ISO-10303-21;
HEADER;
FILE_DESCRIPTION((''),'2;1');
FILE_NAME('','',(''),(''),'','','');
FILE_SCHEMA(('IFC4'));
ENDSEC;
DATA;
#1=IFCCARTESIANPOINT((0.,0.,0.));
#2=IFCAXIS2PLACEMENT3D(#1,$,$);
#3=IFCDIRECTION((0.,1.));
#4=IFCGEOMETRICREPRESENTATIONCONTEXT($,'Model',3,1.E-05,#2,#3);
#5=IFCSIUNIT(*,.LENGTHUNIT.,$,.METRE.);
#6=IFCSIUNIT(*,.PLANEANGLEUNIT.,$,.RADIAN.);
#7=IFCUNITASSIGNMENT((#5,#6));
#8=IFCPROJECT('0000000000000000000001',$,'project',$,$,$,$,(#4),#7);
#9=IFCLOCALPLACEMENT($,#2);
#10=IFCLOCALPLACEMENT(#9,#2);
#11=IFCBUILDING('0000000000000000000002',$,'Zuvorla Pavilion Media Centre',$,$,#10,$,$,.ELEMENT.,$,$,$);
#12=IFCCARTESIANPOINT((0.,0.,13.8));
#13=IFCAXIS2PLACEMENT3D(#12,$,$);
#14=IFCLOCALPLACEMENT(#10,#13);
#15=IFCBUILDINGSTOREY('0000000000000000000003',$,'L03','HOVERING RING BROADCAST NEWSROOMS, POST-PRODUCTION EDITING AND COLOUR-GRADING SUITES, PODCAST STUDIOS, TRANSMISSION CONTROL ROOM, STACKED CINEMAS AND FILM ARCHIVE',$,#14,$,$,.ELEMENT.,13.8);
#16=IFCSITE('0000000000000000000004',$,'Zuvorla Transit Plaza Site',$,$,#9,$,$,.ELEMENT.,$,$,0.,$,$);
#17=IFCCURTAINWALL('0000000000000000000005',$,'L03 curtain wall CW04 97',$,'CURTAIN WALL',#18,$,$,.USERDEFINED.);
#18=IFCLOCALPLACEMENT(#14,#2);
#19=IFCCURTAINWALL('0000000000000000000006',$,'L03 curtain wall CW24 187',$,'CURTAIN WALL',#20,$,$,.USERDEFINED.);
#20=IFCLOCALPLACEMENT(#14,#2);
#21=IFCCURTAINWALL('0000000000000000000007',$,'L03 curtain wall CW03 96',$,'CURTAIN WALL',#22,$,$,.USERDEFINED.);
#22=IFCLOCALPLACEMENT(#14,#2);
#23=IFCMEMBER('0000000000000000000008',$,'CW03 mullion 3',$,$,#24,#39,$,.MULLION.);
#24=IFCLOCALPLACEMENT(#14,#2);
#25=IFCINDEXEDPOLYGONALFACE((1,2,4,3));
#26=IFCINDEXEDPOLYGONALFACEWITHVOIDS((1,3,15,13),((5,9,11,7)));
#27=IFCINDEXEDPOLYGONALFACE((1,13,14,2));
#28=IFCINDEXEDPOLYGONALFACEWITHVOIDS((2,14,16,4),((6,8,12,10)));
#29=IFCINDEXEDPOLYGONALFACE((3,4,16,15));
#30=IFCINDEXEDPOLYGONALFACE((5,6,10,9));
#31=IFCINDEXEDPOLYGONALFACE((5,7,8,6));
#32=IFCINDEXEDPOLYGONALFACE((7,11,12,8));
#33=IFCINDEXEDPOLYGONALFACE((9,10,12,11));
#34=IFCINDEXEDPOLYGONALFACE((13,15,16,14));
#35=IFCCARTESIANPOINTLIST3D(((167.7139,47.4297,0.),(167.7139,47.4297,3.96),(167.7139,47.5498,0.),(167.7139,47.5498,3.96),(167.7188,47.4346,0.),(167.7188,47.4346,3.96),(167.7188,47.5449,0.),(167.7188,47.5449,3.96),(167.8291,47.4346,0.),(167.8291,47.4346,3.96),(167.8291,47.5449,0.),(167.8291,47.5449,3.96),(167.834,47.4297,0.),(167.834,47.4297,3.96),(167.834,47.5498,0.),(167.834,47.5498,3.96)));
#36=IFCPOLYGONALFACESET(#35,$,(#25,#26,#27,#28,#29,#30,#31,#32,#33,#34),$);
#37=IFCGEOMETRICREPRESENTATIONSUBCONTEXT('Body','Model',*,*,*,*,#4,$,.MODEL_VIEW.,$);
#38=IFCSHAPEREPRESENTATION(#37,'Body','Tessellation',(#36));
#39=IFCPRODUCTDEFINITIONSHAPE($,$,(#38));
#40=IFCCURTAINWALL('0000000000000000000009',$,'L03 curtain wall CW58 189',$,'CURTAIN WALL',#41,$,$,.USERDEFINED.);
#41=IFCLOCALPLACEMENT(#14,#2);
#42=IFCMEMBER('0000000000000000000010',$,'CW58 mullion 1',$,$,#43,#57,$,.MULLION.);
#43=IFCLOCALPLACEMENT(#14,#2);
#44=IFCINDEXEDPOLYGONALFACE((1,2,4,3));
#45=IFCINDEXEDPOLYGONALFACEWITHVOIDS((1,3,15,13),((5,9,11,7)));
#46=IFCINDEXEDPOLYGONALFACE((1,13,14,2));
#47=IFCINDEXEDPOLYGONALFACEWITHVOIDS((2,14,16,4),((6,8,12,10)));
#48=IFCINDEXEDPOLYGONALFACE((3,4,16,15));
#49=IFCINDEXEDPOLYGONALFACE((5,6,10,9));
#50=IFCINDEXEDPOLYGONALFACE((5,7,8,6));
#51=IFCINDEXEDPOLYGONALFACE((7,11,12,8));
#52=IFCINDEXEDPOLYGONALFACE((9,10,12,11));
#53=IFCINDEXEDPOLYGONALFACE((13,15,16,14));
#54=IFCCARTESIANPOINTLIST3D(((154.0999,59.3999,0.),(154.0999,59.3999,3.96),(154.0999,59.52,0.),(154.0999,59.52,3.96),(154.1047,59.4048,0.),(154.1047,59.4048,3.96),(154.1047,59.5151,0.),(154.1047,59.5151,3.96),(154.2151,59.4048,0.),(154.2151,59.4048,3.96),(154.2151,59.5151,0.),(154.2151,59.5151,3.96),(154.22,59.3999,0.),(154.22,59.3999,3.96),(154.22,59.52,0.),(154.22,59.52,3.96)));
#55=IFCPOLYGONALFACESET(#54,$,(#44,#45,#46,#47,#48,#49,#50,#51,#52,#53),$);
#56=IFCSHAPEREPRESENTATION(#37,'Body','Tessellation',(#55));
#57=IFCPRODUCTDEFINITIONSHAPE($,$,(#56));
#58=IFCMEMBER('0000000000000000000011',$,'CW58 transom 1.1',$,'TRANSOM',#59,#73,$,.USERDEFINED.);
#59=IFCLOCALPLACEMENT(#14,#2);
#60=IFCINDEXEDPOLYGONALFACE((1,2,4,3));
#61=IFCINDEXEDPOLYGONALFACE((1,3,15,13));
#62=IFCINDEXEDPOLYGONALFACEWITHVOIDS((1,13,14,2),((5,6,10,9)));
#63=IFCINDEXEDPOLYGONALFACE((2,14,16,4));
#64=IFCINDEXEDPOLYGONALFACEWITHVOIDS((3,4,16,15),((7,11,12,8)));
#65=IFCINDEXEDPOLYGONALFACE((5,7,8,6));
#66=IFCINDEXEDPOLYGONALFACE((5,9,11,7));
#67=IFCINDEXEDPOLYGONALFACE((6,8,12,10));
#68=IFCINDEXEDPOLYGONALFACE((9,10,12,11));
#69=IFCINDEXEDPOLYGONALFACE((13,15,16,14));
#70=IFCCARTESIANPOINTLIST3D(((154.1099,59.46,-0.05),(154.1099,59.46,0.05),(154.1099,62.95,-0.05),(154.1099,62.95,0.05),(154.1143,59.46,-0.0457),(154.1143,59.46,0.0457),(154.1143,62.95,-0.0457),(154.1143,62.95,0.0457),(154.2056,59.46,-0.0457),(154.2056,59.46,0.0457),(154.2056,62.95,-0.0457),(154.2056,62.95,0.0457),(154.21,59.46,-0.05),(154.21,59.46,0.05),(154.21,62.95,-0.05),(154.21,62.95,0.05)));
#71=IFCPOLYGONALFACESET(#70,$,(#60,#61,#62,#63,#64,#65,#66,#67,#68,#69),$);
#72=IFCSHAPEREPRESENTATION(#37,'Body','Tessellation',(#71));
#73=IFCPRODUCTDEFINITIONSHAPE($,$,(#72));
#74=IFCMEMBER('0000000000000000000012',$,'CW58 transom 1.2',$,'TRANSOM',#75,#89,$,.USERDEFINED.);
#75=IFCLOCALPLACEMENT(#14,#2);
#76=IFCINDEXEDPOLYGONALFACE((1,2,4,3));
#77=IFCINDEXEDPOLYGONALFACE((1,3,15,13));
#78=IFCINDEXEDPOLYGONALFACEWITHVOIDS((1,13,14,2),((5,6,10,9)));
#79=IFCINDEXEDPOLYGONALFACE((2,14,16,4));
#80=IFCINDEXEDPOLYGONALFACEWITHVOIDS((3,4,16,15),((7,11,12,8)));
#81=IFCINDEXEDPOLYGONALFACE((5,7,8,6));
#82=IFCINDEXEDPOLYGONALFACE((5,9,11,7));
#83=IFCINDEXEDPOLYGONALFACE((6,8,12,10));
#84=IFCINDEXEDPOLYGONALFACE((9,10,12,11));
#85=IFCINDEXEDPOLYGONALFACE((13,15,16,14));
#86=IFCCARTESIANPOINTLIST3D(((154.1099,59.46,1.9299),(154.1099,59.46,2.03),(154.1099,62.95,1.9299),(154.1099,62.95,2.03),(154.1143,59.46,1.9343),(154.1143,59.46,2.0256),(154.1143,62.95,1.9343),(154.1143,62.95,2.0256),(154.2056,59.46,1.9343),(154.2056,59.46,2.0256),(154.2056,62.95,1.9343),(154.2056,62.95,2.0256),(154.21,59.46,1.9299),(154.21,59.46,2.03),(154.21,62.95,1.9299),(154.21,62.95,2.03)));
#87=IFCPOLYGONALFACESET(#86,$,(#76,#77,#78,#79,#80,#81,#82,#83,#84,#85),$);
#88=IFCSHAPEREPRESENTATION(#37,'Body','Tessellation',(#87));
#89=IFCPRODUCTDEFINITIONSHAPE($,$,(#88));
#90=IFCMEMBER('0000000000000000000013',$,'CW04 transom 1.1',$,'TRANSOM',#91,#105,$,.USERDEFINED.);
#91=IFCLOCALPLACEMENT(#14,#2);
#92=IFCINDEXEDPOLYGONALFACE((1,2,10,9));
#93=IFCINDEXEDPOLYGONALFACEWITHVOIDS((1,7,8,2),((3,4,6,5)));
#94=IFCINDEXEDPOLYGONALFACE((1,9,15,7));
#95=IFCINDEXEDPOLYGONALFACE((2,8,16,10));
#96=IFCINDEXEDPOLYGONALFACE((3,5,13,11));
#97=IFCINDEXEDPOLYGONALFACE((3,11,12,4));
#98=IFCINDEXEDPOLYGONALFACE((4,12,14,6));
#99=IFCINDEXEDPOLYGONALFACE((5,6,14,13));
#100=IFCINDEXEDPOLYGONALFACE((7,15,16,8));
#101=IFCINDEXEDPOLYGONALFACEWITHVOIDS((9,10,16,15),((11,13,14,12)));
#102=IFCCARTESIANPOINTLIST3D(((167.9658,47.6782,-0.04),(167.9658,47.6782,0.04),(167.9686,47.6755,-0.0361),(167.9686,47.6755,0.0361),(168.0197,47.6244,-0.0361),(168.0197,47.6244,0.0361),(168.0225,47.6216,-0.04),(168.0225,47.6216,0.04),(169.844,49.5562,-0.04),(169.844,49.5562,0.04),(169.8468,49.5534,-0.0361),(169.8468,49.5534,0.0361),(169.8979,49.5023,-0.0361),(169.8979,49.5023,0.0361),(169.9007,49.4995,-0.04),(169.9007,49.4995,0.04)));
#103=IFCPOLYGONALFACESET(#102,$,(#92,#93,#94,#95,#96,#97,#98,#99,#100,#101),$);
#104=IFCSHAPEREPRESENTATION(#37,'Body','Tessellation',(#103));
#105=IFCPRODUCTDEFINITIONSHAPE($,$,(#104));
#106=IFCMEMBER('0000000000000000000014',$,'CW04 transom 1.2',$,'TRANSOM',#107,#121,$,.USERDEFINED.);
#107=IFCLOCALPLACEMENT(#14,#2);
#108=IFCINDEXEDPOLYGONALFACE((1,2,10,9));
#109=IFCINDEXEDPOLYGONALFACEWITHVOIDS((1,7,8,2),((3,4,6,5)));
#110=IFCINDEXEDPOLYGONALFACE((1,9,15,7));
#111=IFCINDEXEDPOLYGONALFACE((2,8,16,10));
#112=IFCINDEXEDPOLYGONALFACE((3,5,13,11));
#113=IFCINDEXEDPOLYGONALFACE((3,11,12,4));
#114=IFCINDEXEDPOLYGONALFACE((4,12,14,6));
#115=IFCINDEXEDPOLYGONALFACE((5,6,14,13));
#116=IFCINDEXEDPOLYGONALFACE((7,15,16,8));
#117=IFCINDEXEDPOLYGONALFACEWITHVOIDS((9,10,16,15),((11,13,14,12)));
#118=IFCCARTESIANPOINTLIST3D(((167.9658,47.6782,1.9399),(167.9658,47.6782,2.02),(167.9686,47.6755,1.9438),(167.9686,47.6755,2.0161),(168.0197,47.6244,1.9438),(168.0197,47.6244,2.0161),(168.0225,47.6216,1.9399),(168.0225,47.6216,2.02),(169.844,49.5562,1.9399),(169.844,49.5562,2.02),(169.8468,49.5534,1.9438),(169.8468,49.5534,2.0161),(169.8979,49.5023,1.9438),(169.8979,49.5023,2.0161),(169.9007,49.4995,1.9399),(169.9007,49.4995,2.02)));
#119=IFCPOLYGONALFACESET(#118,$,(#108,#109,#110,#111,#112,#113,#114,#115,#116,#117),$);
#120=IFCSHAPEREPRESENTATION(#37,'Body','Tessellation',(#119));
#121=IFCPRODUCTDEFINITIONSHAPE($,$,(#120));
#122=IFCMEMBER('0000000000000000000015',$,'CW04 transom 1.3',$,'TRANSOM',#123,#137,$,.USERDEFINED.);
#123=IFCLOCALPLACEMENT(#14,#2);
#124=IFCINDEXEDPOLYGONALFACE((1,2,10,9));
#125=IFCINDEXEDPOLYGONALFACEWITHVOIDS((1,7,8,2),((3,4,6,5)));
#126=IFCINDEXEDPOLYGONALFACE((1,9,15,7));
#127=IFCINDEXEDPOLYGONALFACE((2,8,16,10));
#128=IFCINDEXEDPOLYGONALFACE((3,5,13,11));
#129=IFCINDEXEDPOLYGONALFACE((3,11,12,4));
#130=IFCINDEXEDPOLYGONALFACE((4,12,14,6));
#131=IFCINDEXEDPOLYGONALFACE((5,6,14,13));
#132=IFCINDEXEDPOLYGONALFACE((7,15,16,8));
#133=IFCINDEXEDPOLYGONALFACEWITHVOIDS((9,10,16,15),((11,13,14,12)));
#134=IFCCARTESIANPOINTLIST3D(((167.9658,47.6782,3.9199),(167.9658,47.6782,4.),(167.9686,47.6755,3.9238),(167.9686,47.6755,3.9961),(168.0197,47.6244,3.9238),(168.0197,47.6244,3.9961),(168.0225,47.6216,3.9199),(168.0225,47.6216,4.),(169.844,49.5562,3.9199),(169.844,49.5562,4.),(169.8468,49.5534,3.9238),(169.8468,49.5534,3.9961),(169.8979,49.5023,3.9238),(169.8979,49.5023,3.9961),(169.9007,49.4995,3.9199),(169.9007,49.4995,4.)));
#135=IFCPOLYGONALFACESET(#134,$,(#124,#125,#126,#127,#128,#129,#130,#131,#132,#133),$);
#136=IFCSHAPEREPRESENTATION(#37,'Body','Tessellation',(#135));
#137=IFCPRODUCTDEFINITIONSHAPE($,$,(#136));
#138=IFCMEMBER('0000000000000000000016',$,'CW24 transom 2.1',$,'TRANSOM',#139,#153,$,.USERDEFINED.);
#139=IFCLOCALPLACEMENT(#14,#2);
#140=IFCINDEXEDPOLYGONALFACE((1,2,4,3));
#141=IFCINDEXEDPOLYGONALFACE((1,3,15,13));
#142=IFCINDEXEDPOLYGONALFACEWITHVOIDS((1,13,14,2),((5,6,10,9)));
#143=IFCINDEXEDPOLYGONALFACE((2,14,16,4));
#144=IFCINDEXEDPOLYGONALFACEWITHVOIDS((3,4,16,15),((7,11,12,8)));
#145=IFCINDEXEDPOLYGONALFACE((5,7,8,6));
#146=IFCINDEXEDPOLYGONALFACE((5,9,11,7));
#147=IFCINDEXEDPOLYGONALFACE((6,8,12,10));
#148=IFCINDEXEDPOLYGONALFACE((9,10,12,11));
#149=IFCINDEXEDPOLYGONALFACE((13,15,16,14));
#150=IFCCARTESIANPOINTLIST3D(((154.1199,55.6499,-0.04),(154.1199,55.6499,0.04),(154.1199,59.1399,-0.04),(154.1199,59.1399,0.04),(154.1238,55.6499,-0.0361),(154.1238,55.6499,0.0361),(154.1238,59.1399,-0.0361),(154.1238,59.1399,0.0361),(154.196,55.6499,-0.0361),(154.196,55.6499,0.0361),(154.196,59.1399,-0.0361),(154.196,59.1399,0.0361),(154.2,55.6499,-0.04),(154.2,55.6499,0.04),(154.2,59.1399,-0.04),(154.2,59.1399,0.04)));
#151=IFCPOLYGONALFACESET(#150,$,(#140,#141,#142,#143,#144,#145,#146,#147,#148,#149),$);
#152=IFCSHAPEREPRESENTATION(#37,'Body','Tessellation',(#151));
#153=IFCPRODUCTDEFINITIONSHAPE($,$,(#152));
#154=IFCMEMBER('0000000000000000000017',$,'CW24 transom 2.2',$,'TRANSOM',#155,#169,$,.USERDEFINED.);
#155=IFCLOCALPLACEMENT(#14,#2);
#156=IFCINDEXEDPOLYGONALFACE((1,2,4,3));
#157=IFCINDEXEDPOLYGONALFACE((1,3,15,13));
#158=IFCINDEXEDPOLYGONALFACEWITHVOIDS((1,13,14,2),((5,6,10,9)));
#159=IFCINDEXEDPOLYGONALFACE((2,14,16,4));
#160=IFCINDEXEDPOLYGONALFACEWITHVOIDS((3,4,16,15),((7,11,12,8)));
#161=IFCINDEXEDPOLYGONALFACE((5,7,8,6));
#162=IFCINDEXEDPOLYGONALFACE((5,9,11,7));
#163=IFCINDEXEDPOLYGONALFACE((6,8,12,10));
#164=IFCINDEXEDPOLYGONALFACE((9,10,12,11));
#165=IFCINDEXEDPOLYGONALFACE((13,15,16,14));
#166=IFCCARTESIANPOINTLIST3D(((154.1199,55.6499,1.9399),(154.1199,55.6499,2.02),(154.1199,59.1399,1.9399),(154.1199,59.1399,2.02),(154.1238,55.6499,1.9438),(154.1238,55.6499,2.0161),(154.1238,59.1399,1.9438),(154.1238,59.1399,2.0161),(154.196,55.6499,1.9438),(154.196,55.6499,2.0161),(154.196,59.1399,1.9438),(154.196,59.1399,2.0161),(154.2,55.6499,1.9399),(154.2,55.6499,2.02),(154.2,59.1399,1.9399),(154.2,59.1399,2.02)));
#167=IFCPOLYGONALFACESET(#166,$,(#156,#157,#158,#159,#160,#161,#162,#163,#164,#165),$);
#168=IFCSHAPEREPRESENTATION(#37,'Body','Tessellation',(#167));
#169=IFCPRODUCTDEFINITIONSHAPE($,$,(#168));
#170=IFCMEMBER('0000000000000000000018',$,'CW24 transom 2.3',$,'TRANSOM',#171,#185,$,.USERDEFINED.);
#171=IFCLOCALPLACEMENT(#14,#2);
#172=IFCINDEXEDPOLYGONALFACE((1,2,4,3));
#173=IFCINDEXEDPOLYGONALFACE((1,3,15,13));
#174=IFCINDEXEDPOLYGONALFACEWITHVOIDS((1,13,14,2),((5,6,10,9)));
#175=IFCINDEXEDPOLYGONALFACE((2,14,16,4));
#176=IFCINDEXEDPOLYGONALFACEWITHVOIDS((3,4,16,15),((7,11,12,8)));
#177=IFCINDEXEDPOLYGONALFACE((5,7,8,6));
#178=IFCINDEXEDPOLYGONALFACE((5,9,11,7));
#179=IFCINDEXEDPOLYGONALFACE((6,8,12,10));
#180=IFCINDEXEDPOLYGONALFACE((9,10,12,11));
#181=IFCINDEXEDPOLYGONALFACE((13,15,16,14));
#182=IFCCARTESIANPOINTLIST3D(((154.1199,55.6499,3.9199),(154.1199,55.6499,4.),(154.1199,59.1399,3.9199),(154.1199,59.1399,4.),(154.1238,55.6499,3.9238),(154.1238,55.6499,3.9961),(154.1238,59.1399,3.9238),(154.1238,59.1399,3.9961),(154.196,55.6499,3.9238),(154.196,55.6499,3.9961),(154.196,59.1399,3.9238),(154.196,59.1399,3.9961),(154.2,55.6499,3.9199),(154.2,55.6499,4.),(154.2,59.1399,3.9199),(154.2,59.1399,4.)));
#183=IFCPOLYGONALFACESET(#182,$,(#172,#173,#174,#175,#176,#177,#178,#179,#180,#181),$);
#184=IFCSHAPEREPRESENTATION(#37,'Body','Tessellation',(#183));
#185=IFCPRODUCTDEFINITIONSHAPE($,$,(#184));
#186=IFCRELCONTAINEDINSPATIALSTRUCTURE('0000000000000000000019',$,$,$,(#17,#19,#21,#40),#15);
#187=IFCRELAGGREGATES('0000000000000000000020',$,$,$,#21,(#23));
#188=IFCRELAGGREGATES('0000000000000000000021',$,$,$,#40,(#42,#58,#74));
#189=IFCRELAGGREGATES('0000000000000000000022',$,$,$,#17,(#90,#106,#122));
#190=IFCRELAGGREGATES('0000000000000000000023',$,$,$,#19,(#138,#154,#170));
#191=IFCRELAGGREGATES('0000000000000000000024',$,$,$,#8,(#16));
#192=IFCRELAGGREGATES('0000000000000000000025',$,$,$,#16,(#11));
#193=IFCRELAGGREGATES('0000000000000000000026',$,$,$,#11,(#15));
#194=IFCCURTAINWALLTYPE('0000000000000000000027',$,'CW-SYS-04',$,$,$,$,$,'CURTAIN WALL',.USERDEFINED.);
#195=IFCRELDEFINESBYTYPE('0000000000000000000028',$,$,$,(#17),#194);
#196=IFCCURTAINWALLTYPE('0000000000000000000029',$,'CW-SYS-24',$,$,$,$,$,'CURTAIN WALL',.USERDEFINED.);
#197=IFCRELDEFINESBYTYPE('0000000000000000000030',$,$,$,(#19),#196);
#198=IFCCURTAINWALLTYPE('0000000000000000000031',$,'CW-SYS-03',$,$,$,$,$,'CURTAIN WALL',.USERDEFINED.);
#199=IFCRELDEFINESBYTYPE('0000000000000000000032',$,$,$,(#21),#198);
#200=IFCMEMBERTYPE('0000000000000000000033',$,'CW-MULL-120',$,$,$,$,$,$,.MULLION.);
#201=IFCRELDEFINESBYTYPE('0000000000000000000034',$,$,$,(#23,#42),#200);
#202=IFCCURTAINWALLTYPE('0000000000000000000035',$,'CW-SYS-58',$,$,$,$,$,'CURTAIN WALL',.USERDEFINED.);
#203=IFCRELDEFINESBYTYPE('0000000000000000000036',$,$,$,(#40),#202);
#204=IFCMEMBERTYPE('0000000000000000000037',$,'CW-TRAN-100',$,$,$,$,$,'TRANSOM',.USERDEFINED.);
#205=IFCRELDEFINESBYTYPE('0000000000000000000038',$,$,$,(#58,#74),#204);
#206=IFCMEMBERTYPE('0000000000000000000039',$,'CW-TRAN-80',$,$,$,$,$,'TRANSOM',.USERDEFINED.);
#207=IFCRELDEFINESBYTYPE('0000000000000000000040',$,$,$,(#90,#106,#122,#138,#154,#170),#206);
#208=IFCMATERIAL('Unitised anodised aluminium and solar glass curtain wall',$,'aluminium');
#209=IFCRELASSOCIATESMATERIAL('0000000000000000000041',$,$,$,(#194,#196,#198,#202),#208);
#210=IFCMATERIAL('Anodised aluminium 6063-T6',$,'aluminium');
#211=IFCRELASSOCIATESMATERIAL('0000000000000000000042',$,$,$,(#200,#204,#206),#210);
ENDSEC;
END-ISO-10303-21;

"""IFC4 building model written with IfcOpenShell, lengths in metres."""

from ifc_helpers import new_model, si_unit, direction, frame, origin, origin_2d, place, context, subcontext, project, spatial, hollow_rectangle, extrude, material, material_profile, profile_set, type_object, element, aggregate, save


model = new_model("IFC4")

# Units and contexts
model_context = context("Model", 3, precision=1e-05, world=origin(), true_north=direction((0.0, 1.0)))
body_context = subcontext(model_context, "Body", "Model", "MODEL_VIEW")
ifc_project = project(units=[si_unit("LENGTHUNIT", "METRE"), si_unit("PLANEANGLEUNIT", "RADIAN")], contexts=[model_context])

# Site, building, storey
site_placement = place(None, origin())
site = spatial("IfcSite", under=ifc_project, at=site_placement, Name="Zuvorla Transit Plaza Site", CompositionType="ELEMENT", RefElevation=0.0)
building_placement = place(site_placement, origin())
building = spatial("IfcBuilding", under=site, at=building_placement, Name="Zuvorla Pavilion Media Centre", CompositionType="ELEMENT")
storey_placement = place(building_placement, frame((0.0, 0.0, 13.8)))
storey = spatial("IfcBuildingStorey", under=building, at=storey_placement, Name="L03", Description="HOVERING RING BROADCAST NEWSROOMS, POST-PRODUCTION EDITING AND COLOUR-GRADING SUITES, PODCAST STUDIOS, TRANSMISSION CONTROL ROOM, STACKED CINEMAS AND FILM ARCHIVE", CompositionType="ELEMENT", Elevation=13.8)

# Curtain wall
ifc_material_1 = material(Name="Unitised anodised aluminium and solar glass curtain wall", Category="aluminium")
curtain_wall_type_1 = type_object("IfcCurtainWallType", Name="CW-SYS-04", ElementType="CURTAIN WALL", PredefinedType="USERDEFINED", material=ifc_material_1)
curtain_wall_1_placement = place(storey_placement, origin())
curtain_wall_1 = element("IfcCurtainWall", 1, at=curtain_wall_1_placement, inside=storey, type_object=curtain_wall_type_1, Name="L03 curtain wall CW04 97", ObjectType="CURTAIN WALL", PredefinedType="USERDEFINED")
ifc_material_2 = material(Name="Anodised aluminium 6063-T6", Category="aluminium")

# Curtain wall
curtain_wall_type_2 = type_object("IfcCurtainWallType", Name="CW-SYS-24", ElementType="CURTAIN WALL", PredefinedType="USERDEFINED", material=ifc_material_1)
curtain_wall_2_placement = place(storey_placement, origin())
curtain_wall_2 = element("IfcCurtainWall", 2, at=curtain_wall_2_placement, inside=storey, type_object=curtain_wall_type_2, Name="L03 curtain wall CW24 187", ObjectType="CURTAIN WALL", PredefinedType="USERDEFINED")

# Curtain wall, member
curtain_wall_type_3 = type_object("IfcCurtainWallType", Name="CW-SYS-03", ElementType="CURTAIN WALL", PredefinedType="USERDEFINED", material=ifc_material_1)
curtain_wall_3_placement = place(storey_placement, origin())
curtain_wall_3 = element("IfcCurtainWall", 3, at=curtain_wall_3_placement, inside=storey, type_object=curtain_wall_type_3, Name="L03 curtain wall CW03 96", ObjectType="CURTAIN WALL", PredefinedType="USERDEFINED")
ifc_material_profile_1 = material_profile(ifc_material_2, hollow_rectangle(XDim=0.1201, YDim=0.1201, WallThickness=0.0049, at=origin_2d()), Name="ALU MULL 120x120")
ifc_profile_set_1 = profile_set([ifc_material_profile_1], Name="Anodised aluminium 6063-T6")
member_type_1 = type_object("IfcMemberType", Name="CW-MULL-120", PredefinedType="MULLION", material=ifc_profile_set_1)
member_1_placement = place(storey_placement, frame((167.7739, 47.4897, 0.0), z_axis=(0.0, 0.0, 1.0), x_axis=(1.0, 0.0, 0.0)))
member_1 = element("IfcMember", 4, at=member_1_placement, type_object=member_type_1, Name="CW03 mullion 3", PredefinedType="MULLION", context=body_context, shape_type="SweptSolid", body=[
    extrude(hollow_rectangle(XDim=0.1201, YDim=0.1201, WallThickness=0.0049, at=origin_2d()), origin(), (0.0, 0.0, 1.0), 3.96),
])
aggregate(curtain_wall_3, [member_1])

# Curtain wall, members
curtain_wall_type_4 = type_object("IfcCurtainWallType", Name="CW-SYS-58", ElementType="CURTAIN WALL", PredefinedType="USERDEFINED", material=ifc_material_1)
curtain_wall_4_placement = place(storey_placement, origin())
curtain_wall_4 = element("IfcCurtainWall", 5, at=curtain_wall_4_placement, inside=storey, type_object=curtain_wall_type_4, Name="L03 curtain wall CW58 189", ObjectType="CURTAIN WALL", PredefinedType="USERDEFINED")
member_2_placement = place(storey_placement, frame((154.1599, 59.46, 0.0), z_axis=(0.0, 0.0, 1.0), x_axis=(1.0, 0.0, 0.0)))
member_2 = element("IfcMember", 6, at=member_2_placement, type_object=member_type_1, Name="CW58 mullion 1", PredefinedType="MULLION", context=body_context, shape_type="SweptSolid", body=[
    extrude(hollow_rectangle(XDim=0.1201, YDim=0.1201, WallThickness=0.0049, at=origin_2d()), origin(), (0.0, 0.0, 1.0), 3.96),
])
ifc_material_profile_2 = material_profile(ifc_material_2, hollow_rectangle(XDim=0.1001, YDim=0.1001, WallThickness=0.0044, at=origin_2d()), Name="ALU TRAN 100x100")
ifc_profile_set_2 = profile_set([ifc_material_profile_2], Name="Anodised aluminium 6063-T6")
member_type_2 = type_object("IfcMemberType", Name="CW-TRAN-100", ElementType="TRANSOM", PredefinedType="USERDEFINED", material=ifc_profile_set_2)
member_3_placement = place(storey_placement, frame((154.1599, 59.46, 0.0), z_axis=(0.0, 1.0, 0.0), x_axis=(-1.0, 0.0, 0.0)))
member_3 = element("IfcMember", 7, at=member_3_placement, type_object=member_type_2, Name="CW58 transom 1.1", ObjectType="TRANSOM", PredefinedType="USERDEFINED", context=body_context, shape_type="SweptSolid", body=[
    extrude(hollow_rectangle(XDim=0.1001, YDim=0.1001, WallThickness=0.0044, at=origin_2d()), origin(), (0.0, 0.0, 1.0), 3.49),
])
member_4_placement = place(storey_placement, frame((154.1599, 59.46, 1.98), z_axis=(0.0, 1.0, 0.0), x_axis=(-1.0, 0.0, 0.0)))
member_4 = element("IfcMember", 8, at=member_4_placement, type_object=member_type_2, Name="CW58 transom 1.2", ObjectType="TRANSOM", PredefinedType="USERDEFINED", context=body_context, shape_type="SweptSolid", body=[
    extrude(hollow_rectangle(XDim=0.1001, YDim=0.1001, WallThickness=0.0044, at=origin_2d()), origin(), (0.0, 0.0, 1.0), 3.49),
])
aggregate(curtain_wall_4, [member_2, member_3, member_4])

# Members
ifc_material_profile_3 = material_profile(ifc_material_2, hollow_rectangle(XDim=0.0801, YDim=0.0801, WallThickness=0.0039, at=origin_2d()), Name="ALU TRAN 80x80")
ifc_profile_set_3 = profile_set([ifc_material_profile_3], Name="Anodised aluminium 6063-T6")
member_type_3 = type_object("IfcMemberType", Name="CW-TRAN-80", ElementType="TRANSOM", PredefinedType="USERDEFINED", material=ifc_profile_set_3)
member_5_placement = place(storey_placement, frame((167.9941, 47.6499, 0.0), z_axis=(0.707153, 0.707061, 0.0), x_axis=(-0.707061, 0.707153, 0.0)))
member_5 = element("IfcMember", 9, at=member_5_placement, type_object=member_type_3, Name="CW04 transom 1.1", ObjectType="TRANSOM", PredefinedType="USERDEFINED", context=body_context, shape_type="SweptSolid", body=[
    extrude(hollow_rectangle(XDim=0.0801, YDim=0.0801, WallThickness=0.0039, at=origin_2d()), origin(), (0.0, 0.0, 1.0), 2.656),
])
member_6_placement = place(storey_placement, frame((167.9941, 47.6499, 1.98), z_axis=(0.707153, 0.707061, 0.0), x_axis=(-0.707061, 0.707153, 0.0)))
member_6 = element("IfcMember", 10, at=member_6_placement, type_object=member_type_3, Name="CW04 transom 1.2", ObjectType="TRANSOM", PredefinedType="USERDEFINED", context=body_context, shape_type="SweptSolid", body=[
    extrude(hollow_rectangle(XDim=0.0801, YDim=0.0801, WallThickness=0.0039, at=origin_2d()), origin(), (0.0, 0.0, 1.0), 2.656),
])
member_7_placement = place(storey_placement, frame((167.9941, 47.6499, 3.96), z_axis=(0.707153, 0.707061, 0.0), x_axis=(-0.707061, 0.707153, 0.0)))
member_7 = element("IfcMember", 11, at=member_7_placement, type_object=member_type_3, Name="CW04 transom 1.3", ObjectType="TRANSOM", PredefinedType="USERDEFINED", context=body_context, shape_type="SweptSolid", body=[
    extrude(hollow_rectangle(XDim=0.0801, YDim=0.0801, WallThickness=0.0039, at=origin_2d()), origin(), (0.0, 0.0, 1.0), 2.656),
])
member_8_placement = place(storey_placement, frame((154.1599, 55.6499, 0.0), z_axis=(0.0, 1.0, 0.0), x_axis=(-1.0, 0.0, 0.0)))
member_8 = element("IfcMember", 12, at=member_8_placement, type_object=member_type_3, Name="CW24 transom 2.1", ObjectType="TRANSOM", PredefinedType="USERDEFINED", context=body_context, shape_type="SweptSolid", body=[
    extrude(hollow_rectangle(XDim=0.0801, YDim=0.0801, WallThickness=0.0039, at=origin_2d()), origin(), (0.0, 0.0, 1.0), 3.49),
])
member_9_placement = place(storey_placement, frame((154.1599, 55.6499, 1.98), z_axis=(0.0, 1.0, 0.0), x_axis=(-1.0, 0.0, 0.0)))
member_9 = element("IfcMember", 13, at=member_9_placement, type_object=member_type_3, Name="CW24 transom 2.2", ObjectType="TRANSOM", PredefinedType="USERDEFINED", context=body_context, shape_type="SweptSolid", body=[
    extrude(hollow_rectangle(XDim=0.0801, YDim=0.0801, WallThickness=0.0039, at=origin_2d()), origin(), (0.0, 0.0, 1.0), 3.49),
])
member_10_placement = place(storey_placement, frame((154.1599, 55.6499, 3.96), z_axis=(0.0, 1.0, 0.0), x_axis=(-1.0, 0.0, 0.0)))
member_10 = element("IfcMember", 14, at=member_10_placement, type_object=member_type_3, Name="CW24 transom 2.3", ObjectType="TRANSOM", PredefinedType="USERDEFINED", context=body_context, shape_type="SweptSolid", body=[
    extrude(hollow_rectangle(XDim=0.0801, YDim=0.0801, WallThickness=0.0039, at=origin_2d()), origin(), (0.0, 0.0, 1.0), 3.49),
])

aggregate(curtain_wall_1, [member_5, member_6, member_7])
aggregate(curtain_wall_2, [member_8, member_9, member_10])

save(model, "model.ifc")
